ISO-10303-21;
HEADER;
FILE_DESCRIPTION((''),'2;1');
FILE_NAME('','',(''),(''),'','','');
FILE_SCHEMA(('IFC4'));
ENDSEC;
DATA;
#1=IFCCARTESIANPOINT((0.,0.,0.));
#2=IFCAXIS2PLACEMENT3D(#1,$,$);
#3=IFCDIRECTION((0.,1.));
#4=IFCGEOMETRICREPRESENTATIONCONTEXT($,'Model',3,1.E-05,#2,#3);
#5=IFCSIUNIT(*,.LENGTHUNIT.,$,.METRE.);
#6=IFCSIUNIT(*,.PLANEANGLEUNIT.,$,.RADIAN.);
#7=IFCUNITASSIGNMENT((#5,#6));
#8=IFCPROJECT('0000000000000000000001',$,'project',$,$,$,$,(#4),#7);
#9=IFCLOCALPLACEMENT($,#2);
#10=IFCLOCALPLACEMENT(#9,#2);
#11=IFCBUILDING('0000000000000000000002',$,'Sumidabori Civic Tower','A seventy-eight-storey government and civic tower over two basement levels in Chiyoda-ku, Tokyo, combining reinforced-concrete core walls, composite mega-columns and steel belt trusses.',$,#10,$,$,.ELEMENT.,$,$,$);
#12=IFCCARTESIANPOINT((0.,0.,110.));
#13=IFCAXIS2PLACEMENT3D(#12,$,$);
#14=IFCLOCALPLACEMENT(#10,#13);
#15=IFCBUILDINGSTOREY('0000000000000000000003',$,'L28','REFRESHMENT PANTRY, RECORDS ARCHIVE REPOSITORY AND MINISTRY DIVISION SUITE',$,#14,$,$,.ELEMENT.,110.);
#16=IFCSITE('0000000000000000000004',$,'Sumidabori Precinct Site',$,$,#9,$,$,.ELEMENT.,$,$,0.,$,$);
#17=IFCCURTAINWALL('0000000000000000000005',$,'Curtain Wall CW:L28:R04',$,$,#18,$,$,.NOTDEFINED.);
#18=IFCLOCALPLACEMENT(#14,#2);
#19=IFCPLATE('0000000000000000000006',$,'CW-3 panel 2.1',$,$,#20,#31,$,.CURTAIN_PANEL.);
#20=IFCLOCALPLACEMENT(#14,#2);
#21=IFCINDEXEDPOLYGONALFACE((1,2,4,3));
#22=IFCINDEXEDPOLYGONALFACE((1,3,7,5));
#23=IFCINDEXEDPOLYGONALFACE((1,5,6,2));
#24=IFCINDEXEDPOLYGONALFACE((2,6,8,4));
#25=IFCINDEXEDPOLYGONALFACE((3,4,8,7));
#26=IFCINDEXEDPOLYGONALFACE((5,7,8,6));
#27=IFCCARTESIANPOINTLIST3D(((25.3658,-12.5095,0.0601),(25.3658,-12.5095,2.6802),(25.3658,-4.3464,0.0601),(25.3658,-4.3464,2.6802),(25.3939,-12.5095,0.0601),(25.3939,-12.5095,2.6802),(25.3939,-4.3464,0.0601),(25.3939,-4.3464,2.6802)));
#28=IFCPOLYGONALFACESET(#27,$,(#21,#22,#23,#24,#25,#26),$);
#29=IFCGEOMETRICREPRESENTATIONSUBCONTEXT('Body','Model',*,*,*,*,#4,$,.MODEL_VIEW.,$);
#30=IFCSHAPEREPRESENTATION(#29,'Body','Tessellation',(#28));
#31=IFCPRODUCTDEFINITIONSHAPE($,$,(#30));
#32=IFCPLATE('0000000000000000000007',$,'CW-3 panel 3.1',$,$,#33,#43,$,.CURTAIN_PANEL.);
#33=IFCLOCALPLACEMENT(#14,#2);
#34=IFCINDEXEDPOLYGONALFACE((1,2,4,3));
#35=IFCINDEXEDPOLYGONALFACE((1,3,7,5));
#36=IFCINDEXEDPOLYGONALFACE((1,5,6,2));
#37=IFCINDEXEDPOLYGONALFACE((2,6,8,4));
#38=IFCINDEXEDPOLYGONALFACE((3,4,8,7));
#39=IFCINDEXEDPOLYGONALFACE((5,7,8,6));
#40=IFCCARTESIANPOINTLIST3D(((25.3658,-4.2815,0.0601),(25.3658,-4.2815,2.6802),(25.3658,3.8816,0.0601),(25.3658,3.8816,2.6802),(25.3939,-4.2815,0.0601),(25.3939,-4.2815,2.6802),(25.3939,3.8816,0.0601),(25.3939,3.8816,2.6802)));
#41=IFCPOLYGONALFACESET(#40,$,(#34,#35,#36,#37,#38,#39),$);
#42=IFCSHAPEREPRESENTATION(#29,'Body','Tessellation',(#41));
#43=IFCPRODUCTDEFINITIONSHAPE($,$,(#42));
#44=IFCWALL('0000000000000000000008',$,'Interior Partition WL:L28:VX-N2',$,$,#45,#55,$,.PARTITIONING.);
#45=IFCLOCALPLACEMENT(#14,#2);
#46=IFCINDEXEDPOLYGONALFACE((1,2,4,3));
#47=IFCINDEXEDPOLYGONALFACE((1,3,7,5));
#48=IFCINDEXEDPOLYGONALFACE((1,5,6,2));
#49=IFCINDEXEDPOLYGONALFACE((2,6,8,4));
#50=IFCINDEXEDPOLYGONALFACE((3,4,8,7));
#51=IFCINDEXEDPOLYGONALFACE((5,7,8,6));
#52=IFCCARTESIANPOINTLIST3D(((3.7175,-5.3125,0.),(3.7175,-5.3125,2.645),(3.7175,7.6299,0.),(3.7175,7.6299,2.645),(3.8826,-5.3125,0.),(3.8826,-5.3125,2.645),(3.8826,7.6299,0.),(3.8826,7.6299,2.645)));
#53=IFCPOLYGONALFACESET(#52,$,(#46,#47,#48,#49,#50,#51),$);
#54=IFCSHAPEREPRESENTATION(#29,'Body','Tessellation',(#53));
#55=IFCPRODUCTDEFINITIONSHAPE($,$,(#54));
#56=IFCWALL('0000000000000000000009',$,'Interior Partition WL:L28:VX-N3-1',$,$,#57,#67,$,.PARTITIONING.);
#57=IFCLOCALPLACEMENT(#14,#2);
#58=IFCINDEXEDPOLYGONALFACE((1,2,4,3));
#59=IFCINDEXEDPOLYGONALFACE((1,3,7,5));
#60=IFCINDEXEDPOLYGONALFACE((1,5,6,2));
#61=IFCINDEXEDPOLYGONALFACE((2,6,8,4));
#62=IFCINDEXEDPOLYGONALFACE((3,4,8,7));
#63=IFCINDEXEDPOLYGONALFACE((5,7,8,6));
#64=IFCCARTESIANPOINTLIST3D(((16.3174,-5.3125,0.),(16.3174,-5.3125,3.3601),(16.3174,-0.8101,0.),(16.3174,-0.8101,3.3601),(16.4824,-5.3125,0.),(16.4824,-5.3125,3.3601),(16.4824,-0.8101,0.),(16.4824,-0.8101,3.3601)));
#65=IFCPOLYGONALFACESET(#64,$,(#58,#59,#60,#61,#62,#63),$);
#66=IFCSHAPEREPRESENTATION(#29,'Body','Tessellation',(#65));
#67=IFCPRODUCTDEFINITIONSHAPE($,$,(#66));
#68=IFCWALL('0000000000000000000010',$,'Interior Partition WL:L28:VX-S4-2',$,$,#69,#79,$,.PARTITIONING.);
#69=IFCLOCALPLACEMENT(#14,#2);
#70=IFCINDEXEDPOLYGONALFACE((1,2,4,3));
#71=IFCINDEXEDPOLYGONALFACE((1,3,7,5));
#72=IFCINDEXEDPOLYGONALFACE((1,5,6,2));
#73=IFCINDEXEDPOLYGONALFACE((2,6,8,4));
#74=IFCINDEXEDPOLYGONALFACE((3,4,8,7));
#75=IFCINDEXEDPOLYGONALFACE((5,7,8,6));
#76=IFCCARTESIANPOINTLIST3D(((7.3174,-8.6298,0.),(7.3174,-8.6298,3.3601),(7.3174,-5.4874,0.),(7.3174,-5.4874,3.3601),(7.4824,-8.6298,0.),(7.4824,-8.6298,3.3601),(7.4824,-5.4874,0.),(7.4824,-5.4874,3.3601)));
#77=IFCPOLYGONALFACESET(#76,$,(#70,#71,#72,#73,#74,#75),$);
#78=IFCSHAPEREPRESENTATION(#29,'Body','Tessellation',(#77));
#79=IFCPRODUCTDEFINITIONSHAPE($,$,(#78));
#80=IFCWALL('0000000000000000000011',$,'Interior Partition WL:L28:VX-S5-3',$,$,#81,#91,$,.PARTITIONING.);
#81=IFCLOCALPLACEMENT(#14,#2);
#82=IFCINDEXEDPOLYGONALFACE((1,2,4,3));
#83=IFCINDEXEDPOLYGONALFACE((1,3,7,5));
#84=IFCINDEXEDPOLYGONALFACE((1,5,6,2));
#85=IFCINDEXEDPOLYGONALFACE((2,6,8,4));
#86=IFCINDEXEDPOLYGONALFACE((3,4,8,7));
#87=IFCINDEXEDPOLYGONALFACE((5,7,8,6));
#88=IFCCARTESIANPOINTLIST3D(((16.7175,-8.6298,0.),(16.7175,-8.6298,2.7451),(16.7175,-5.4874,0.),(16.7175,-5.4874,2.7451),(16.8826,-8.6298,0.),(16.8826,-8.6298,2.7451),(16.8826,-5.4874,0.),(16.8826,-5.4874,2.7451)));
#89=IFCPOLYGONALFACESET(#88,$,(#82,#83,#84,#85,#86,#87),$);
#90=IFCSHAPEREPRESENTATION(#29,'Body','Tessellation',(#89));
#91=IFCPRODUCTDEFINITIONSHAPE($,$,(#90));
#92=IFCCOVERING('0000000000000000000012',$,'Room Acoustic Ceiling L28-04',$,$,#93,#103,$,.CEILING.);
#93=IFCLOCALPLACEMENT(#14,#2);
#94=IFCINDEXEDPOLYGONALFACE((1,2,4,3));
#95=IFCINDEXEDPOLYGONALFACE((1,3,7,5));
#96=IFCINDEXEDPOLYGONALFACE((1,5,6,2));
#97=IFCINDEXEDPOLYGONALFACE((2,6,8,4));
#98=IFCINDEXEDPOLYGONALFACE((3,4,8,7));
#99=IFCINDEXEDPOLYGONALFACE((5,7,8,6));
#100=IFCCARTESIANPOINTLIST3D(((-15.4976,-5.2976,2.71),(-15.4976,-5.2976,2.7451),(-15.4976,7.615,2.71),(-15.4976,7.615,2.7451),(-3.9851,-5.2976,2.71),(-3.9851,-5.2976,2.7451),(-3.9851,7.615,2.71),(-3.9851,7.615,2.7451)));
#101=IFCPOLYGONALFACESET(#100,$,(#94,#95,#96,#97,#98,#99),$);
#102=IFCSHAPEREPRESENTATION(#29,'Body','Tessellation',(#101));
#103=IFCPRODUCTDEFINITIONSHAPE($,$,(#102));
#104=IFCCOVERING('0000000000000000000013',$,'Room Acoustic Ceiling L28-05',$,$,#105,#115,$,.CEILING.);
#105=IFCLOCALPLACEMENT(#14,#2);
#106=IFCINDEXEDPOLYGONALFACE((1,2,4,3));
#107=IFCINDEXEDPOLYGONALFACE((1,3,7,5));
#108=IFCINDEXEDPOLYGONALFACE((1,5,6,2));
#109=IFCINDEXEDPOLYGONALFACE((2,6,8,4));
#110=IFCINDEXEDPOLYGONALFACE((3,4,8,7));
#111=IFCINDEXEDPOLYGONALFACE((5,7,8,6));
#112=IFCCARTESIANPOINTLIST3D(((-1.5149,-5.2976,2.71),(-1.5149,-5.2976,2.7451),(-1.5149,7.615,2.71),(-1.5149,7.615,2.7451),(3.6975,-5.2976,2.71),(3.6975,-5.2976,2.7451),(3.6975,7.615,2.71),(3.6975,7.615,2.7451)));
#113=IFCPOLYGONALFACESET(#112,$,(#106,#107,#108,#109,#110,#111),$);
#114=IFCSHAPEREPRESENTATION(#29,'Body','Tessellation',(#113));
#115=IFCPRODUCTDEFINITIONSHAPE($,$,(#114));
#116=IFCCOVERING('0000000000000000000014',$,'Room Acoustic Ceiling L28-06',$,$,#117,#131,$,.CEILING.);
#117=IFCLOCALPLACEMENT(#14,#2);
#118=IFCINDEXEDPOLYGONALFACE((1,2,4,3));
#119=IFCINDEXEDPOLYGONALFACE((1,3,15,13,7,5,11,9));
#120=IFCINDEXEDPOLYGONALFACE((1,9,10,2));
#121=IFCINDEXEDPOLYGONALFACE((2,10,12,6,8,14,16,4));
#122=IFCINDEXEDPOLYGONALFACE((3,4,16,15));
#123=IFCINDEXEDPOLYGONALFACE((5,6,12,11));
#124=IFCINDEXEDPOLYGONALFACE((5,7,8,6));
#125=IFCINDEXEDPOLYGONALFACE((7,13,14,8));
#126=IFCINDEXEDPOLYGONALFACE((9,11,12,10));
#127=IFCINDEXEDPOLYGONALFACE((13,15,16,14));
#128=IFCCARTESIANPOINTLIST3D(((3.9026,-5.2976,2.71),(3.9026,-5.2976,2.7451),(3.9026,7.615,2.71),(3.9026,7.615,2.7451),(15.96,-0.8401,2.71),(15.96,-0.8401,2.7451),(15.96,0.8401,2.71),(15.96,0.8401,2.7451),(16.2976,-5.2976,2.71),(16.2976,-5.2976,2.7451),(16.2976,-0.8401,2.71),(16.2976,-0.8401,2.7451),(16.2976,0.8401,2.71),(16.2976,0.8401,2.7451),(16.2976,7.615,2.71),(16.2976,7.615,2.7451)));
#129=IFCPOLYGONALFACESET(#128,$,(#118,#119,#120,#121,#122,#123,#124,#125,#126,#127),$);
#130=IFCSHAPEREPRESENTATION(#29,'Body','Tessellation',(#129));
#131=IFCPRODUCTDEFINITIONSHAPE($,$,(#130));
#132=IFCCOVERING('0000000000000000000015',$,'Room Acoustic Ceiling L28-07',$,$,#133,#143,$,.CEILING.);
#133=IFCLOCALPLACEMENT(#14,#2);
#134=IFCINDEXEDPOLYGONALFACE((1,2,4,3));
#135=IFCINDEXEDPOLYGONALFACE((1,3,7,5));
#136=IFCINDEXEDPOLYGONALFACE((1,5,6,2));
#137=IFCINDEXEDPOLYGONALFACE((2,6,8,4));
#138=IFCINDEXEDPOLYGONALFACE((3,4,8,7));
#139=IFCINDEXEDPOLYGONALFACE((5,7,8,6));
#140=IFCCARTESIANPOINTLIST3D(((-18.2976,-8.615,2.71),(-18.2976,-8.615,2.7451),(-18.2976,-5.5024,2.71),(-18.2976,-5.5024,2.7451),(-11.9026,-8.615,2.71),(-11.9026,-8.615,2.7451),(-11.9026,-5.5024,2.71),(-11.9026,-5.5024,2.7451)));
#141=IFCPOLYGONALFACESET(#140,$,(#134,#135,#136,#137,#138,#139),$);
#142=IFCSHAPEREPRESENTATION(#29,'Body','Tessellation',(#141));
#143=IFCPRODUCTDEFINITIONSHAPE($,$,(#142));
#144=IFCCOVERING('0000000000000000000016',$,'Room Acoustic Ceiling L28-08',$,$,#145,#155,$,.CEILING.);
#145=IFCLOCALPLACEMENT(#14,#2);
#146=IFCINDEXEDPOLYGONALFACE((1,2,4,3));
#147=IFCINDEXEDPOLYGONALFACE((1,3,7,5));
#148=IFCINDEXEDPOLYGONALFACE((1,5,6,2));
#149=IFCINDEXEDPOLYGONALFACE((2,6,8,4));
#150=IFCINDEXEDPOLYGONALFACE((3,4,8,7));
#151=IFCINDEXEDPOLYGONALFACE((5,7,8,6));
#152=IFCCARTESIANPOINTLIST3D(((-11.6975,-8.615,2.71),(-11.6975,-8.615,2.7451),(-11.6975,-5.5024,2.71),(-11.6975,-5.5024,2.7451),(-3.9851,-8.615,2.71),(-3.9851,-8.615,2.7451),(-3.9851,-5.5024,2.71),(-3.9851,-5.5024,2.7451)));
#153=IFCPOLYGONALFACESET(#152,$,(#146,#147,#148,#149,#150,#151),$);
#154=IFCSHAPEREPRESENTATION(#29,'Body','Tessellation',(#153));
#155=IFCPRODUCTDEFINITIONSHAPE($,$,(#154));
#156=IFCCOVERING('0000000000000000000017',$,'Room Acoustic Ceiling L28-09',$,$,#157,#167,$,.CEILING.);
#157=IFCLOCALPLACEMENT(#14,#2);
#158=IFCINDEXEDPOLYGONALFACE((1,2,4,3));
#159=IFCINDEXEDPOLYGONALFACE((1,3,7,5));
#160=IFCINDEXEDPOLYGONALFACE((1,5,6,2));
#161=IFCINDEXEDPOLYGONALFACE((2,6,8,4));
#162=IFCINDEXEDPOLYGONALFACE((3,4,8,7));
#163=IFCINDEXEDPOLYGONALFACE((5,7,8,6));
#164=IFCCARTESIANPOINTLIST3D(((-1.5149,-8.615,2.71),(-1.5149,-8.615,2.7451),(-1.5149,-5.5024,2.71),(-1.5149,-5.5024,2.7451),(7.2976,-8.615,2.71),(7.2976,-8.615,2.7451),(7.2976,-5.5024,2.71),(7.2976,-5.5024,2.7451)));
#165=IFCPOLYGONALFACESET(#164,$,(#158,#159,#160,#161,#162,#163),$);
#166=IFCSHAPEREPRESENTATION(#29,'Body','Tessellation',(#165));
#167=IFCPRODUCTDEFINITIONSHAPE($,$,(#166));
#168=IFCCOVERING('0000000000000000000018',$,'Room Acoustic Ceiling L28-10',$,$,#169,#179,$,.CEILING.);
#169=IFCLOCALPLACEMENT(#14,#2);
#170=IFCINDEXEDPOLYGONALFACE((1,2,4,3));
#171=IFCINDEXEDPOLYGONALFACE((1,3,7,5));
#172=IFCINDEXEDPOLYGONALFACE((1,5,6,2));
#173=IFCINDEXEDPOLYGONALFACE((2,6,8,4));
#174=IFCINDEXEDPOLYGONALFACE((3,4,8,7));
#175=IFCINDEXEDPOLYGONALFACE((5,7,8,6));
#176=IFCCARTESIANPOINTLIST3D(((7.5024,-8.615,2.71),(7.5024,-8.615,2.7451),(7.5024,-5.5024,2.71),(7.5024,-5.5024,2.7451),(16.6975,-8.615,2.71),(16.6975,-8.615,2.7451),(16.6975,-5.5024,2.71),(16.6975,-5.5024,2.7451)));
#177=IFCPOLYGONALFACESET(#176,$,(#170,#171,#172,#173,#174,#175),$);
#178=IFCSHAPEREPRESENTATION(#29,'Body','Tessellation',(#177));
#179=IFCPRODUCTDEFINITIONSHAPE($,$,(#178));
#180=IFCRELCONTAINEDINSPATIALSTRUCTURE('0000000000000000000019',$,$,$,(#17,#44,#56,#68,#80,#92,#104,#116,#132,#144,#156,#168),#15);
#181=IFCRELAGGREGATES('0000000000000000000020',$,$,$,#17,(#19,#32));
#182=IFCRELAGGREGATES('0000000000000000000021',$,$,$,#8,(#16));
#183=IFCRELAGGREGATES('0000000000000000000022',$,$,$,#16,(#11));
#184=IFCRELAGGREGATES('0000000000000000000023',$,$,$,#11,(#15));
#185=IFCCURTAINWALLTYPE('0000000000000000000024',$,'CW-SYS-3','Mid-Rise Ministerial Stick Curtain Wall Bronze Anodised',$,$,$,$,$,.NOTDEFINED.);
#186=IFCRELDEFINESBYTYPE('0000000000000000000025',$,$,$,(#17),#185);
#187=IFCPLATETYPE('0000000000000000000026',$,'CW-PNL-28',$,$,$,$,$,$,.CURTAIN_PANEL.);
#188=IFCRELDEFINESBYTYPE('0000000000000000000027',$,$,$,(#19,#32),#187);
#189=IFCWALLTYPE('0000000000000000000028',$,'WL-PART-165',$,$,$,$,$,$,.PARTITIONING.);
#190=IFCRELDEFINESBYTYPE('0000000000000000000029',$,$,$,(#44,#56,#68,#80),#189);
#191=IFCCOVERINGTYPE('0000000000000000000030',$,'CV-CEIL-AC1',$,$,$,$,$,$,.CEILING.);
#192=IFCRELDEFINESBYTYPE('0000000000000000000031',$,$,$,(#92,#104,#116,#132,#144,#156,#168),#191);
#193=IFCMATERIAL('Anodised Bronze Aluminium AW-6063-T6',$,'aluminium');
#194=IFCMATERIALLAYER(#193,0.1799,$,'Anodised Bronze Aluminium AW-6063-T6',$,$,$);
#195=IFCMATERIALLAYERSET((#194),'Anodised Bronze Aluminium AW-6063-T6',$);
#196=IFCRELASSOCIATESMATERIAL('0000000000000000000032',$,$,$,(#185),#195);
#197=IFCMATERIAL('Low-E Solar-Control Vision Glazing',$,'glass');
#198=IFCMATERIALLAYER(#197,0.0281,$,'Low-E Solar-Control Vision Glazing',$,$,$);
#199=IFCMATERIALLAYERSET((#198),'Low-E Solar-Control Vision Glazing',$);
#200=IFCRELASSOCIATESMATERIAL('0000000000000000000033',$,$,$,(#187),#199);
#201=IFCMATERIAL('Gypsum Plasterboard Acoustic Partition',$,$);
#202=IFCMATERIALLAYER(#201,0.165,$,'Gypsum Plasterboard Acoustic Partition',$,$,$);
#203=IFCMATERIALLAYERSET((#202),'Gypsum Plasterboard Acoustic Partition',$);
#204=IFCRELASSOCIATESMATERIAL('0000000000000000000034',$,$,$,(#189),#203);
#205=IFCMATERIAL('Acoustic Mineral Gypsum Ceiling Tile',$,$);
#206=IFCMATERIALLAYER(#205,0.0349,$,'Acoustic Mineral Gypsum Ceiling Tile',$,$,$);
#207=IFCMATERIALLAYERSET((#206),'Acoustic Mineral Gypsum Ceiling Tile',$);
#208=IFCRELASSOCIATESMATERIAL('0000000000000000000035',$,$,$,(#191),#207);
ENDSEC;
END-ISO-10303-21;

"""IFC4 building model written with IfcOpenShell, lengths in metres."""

from ifc_helpers import new_model, si_unit, direction, frame, frame_2d, origin, origin_2d, place, context, subcontext, project, spatial, polyline, rectangle, outline, extrude, source, transform, mapped, material, layer, layer_set, type_object, element, aggregate, save


model = new_model("IFC4")

# Units and contexts
model_context = context("Model", 3, precision=1e-05, world=origin(), true_north=direction((0.0, 1.0)))
body_context = subcontext(model_context, "Body", "Model", "MODEL_VIEW")
ifc_project = project(units=[si_unit("LENGTHUNIT", "METRE"), si_unit("PLANEANGLEUNIT", "RADIAN")], contexts=[model_context])

# Site, building, storey
site_placement = place(None, origin())
site = spatial("IfcSite", under=ifc_project, at=site_placement, Name="Sumidabori Precinct Site", CompositionType="ELEMENT", RefElevation=0.0)
building_placement = place(site_placement, origin())
building = spatial("IfcBuilding", under=site, at=building_placement, Name="Sumidabori Civic Tower", Description="A seventy-eight-storey government and civic tower over two basement levels in Chiyoda-ku, Tokyo, combining reinforced-concrete core walls, composite mega-columns and steel belt trusses.", CompositionType="ELEMENT")
storey_placement = place(building_placement, frame((0.0, 0.0, 110.0)))
storey = spatial("IfcBuildingStorey", under=building, at=storey_placement, Name="L28", Description="REFRESHMENT PANTRY, RECORDS ARCHIVE REPOSITORY AND MINISTRY DIVISION SUITE", CompositionType="ELEMENT", Elevation=110.0)

# Curtain wall, plates
ifc_material_1 = material(Name="Anodised Bronze Aluminium AW-6063-T6", Category="aluminium")
ifc_layer_1 = layer(ifc_material_1, 0.1799, Name="Anodised Bronze Aluminium AW-6063-T6")
ifc_layer_set_1 = layer_set([ifc_layer_1], Name="Anodised Bronze Aluminium AW-6063-T6")
curtain_wall_type = type_object("IfcCurtainWallType", Name="CW-SYS-3", Description="Mid-Rise Ministerial Stick Curtain Wall Bronze Anodised", PredefinedType="NOTDEFINED", material=ifc_layer_set_1)
curtain_wall_placement = place(storey_placement, origin())
curtain_wall = element("IfcCurtainWall", 1, at=curtain_wall_placement, inside=storey, type_object=curtain_wall_type, Name="Curtain Wall CW:L28:R04", PredefinedType="NOTDEFINED")
ifc_material_2 = material(Name="Low-E Solar-Control Vision Glazing", Category="glass")
ifc_layer_2 = layer(ifc_material_2, 0.0281, Name="Low-E Solar-Control Vision Glazing")
ifc_layer_set_2 = layer_set([ifc_layer_2], Name="Low-E Solar-Control Vision Glazing")
plate_type = type_object("IfcPlateType", Name="CW-PNL-28", PredefinedType="CURTAIN_PANEL", material=ifc_layer_set_2)
shared_shape_1 = source(origin(), body_context, "Body", "SweptSolid", [
    extrude(rectangle(XDim=8.1631, YDim=0.0281, at=origin_2d()), origin(), (0.0, 0.0, 1.0), 2.6201),
])
plate_1_placement = place(storey_placement, frame((25.3799, -8.428, 0.0601), z_axis=(0.0, 0.0, 1.0), x_axis=(0.0, 1.0, 0.0)))
plate_1 = element("IfcPlate", 2, at=plate_1_placement, type_object=plate_type, Name="CW-3 panel 2.1", PredefinedType="CURTAIN_PANEL", context=body_context, shape_type="MappedRepresentation", body=[
    mapped(shared_shape_1, transform((0.0, 0.0, 0.0), x_axis=(1.0, 0.0, 0.0), y_axis=(0.0, 1.0, 0.0), z_axis=(0.0, 0.0, 1.0), scale=1.0)),
])
plate_2_placement = place(storey_placement, frame((25.3799, -0.2, 0.0601), z_axis=(0.0, 0.0, 1.0), x_axis=(0.0, 1.0, 0.0)))
plate_2 = element("IfcPlate", 3, at=plate_2_placement, type_object=plate_type, Name="CW-3 panel 3.1", PredefinedType="CURTAIN_PANEL", context=body_context, shape_type="MappedRepresentation", body=[
    mapped(shared_shape_1, transform((0.0, 0.0, 0.0), x_axis=(1.0, 0.0, 0.0), y_axis=(0.0, 1.0, 0.0), z_axis=(0.0, 0.0, 1.0), scale=1.0)),
])
aggregate(curtain_wall, [plate_1, plate_2])

# Walls
ifc_material_3 = material(Name="Gypsum Plasterboard Acoustic Partition")
ifc_layer_3 = layer(ifc_material_3, 0.165, Name="Gypsum Plasterboard Acoustic Partition")
ifc_layer_set_3 = layer_set([ifc_layer_3], Name="Gypsum Plasterboard Acoustic Partition")
wall_type = type_object("IfcWallType", Name="WL-PART-165", PredefinedType="PARTITIONING", material=ifc_layer_set_3)
shared_shape_2 = source(origin(), body_context, "Body", "SweptSolid", [
    extrude(rectangle(XDim=12.9424, YDim=0.165, at=frame_2d((6.4712, 0.0))), origin(), (0.0, 0.0, 1.0), 2.645),
])
wall_1_placement = place(storey_placement, frame((3.8, -5.3125, 0.0), z_axis=(0.0, 0.0, 1.0), x_axis=(0.0, 1.0, 0.0)))
element("IfcWall", 4, at=wall_1_placement, inside=storey, type_object=wall_type, Name="Interior Partition WL:L28:VX-N2", PredefinedType="PARTITIONING", context=body_context, shape_type="MappedRepresentation", body=[
    mapped(shared_shape_2, transform((0.0, 0.0, 0.0), x_axis=(1.0, 0.0, 0.0), y_axis=(0.0, 1.0, 0.0), z_axis=(0.0, 0.0, 1.0), scale=1.0)),
])
shared_shape_3 = source(origin(), body_context, "Body", "SweptSolid", [
    extrude(rectangle(XDim=4.5024, YDim=0.165, at=frame_2d((2.2512, 0.0))), origin(), (0.0, 0.0, 1.0), 3.3601),
])
wall_2_placement = place(storey_placement, frame((16.3999, -5.3125, 0.0), z_axis=(0.0, 0.0, 1.0), x_axis=(0.0, 1.0, 0.0)))
element("IfcWall", 5, at=wall_2_placement, inside=storey, type_object=wall_type, Name="Interior Partition WL:L28:VX-N3-1", PredefinedType="PARTITIONING", context=body_context, shape_type="MappedRepresentation", body=[
    mapped(shared_shape_3, transform((0.0, 0.0, 0.0), x_axis=(1.0, 0.0, 0.0), y_axis=(0.0, 1.0, 0.0), z_axis=(0.0, 0.0, 1.0), scale=1.0)),
])
shared_shape_4 = source(origin(), body_context, "Body", "SweptSolid", [
    extrude(rectangle(XDim=3.1423, YDim=0.165, at=frame_2d((1.5713, 0.0))), origin(), (0.0, 0.0, 1.0), 3.3601),
])
wall_3_placement = place(storey_placement, frame((7.3999, -8.6299, 0.0), z_axis=(0.0, 0.0, 1.0), x_axis=(0.0, 1.0, 0.0)))
element("IfcWall", 6, at=wall_3_placement, inside=storey, type_object=wall_type, Name="Interior Partition WL:L28:VX-S4-2", PredefinedType="PARTITIONING", context=body_context, shape_type="MappedRepresentation", body=[
    mapped(shared_shape_4, transform((0.0, 0.0, 0.0), x_axis=(1.0, 0.0, 0.0), y_axis=(0.0, 1.0, 0.0), z_axis=(0.0, 0.0, 1.0), scale=1.0)),
])
shared_shape_5 = source(origin(), body_context, "Body", "SweptSolid", [
    extrude(rectangle(XDim=3.1423, YDim=0.165, at=frame_2d((1.5713, 0.0))), origin(), (0.0, 0.0, 1.0), 2.7451),
])
wall_4_placement = place(storey_placement, frame((16.8, -8.6299, 0.0), z_axis=(0.0, 0.0, 1.0), x_axis=(0.0, 1.0, 0.0)))
element("IfcWall", 7, at=wall_4_placement, inside=storey, type_object=wall_type, Name="Interior Partition WL:L28:VX-S5-3", PredefinedType="PARTITIONING", context=body_context, shape_type="MappedRepresentation", body=[
    mapped(shared_shape_5, transform((0.0, 0.0, 0.0), x_axis=(1.0, 0.0, 0.0), y_axis=(0.0, 1.0, 0.0), z_axis=(0.0, 0.0, 1.0), scale=1.0)),
])

# Coverings
ifc_material_4 = material(Name="Acoustic Mineral Gypsum Ceiling Tile")
ifc_layer_4 = layer(ifc_material_4, 0.0349, Name="Acoustic Mineral Gypsum Ceiling Tile")
ifc_layer_set_4 = layer_set([ifc_layer_4], Name="Acoustic Mineral Gypsum Ceiling Tile")
covering_type_1 = type_object("IfcCoveringType", Name="CV-CEIL-AC1", PredefinedType="CEILING", material=ifc_layer_set_4)
covering_1_placement = place(storey_placement, frame((0.0, 0.0, 2.71)))
element("IfcCovering", 8, at=covering_1_placement, inside=storey, type_object=covering_type_1, Name="Room Acoustic Ceiling L28-04", PredefinedType="CEILING", context=body_context, shape_type="SweptSolid", body=[
    extrude(outline(polyline([(-15.4976, 7.615), (-3.9851, 7.615), (-3.9851, -5.2976), (-15.4976, -5.2976), (-15.4976, 7.615)])), origin(), (0.0, 0.0, 1.0), 0.0352),
])
covering_2_placement = place(storey_placement, frame((0.0, 0.0, 2.71)))
element("IfcCovering", 9, at=covering_2_placement, inside=storey, type_object=covering_type_1, Name="Room Acoustic Ceiling L28-05", PredefinedType="CEILING", context=body_context, shape_type="SweptSolid", body=[
    extrude(outline(polyline([(-1.5149, 7.615), (3.6975, 7.615), (3.6975, -5.2976), (-1.5149, -5.2976), (-1.5149, 7.615)])), origin(), (0.0, 0.0, 1.0), 0.0352),
])
covering_3_placement = place(storey_placement, frame((0.0, 0.0, 2.71)))
element("IfcCovering", 10, at=covering_3_placement, inside=storey, type_object=covering_type_1, Name="Room Acoustic Ceiling L28-06", PredefinedType="CEILING", context=body_context, shape_type="SweptSolid", body=[
    extrude(outline(polyline([(3.9026, 7.615), (16.2976, 7.615), (16.2976, 0.8401), (15.96, 0.8401), (15.96, -0.8401), (16.2976, -0.8401), (16.2976, -5.2976), (3.9026, -5.2976), (3.9026, 7.615)])), origin(), (0.0, 0.0, 1.0), 0.0352),
])
covering_4_placement = place(storey_placement, frame((0.0, 0.0, 2.71)))
element("IfcCovering", 11, at=covering_4_placement, inside=storey, type_object=covering_type_1, Name="Room Acoustic Ceiling L28-07", PredefinedType="CEILING", context=body_context, shape_type="SweptSolid", body=[
    extrude(outline(polyline([(-18.2976, -8.615), (-18.2976, -5.5024), (-11.9026, -5.5024), (-11.9026, -8.615), (-18.2976, -8.615)])), origin(), (0.0, 0.0, 1.0), 0.0352),
])
covering_5_placement = place(storey_placement, frame((0.0, 0.0, 2.71)))
element("IfcCovering", 12, at=covering_5_placement, inside=storey, type_object=covering_type_1, Name="Room Acoustic Ceiling L28-08", PredefinedType="CEILING", context=body_context, shape_type="SweptSolid", body=[
    extrude(outline(polyline([(-3.9851, -8.615), (-11.6975, -8.615), (-11.6975, -5.5024), (-3.9851, -5.5024), (-3.9851, -8.615)])), origin(), (0.0, 0.0, 1.0), 0.0352),
])
covering_6_placement = place(storey_placement, frame((0.0, 0.0, 2.71)))
element("IfcCovering", 13, at=covering_6_placement, inside=storey, type_object=covering_type_1, Name="Room Acoustic Ceiling L28-09", PredefinedType="CEILING", context=body_context, shape_type="SweptSolid", body=[
    extrude(outline(polyline([(-1.5149, -8.615), (-1.5149, -5.5024), (7.2976, -5.5024), (7.2976, -8.615), (-1.5149, -8.615)])), origin(), (0.0, 0.0, 1.0), 0.0352),
])
covering_7_placement = place(storey_placement, frame((0.0, 0.0, 2.71)))
element("IfcCovering", 14, at=covering_7_placement, inside=storey, type_object=covering_type_1, Name="Room Acoustic Ceiling L28-10", PredefinedType="CEILING", context=body_context, shape_type="SweptSolid", body=[
    extrude(outline(polyline([(7.5024, -8.615), (7.5024, -5.5024), (16.6975, -5.5024), (16.6975, -8.615), (7.5024, -8.615)])), origin(), (0.0, 0.0, 1.0), 0.0352),
])

save(model, "model.ifc")
